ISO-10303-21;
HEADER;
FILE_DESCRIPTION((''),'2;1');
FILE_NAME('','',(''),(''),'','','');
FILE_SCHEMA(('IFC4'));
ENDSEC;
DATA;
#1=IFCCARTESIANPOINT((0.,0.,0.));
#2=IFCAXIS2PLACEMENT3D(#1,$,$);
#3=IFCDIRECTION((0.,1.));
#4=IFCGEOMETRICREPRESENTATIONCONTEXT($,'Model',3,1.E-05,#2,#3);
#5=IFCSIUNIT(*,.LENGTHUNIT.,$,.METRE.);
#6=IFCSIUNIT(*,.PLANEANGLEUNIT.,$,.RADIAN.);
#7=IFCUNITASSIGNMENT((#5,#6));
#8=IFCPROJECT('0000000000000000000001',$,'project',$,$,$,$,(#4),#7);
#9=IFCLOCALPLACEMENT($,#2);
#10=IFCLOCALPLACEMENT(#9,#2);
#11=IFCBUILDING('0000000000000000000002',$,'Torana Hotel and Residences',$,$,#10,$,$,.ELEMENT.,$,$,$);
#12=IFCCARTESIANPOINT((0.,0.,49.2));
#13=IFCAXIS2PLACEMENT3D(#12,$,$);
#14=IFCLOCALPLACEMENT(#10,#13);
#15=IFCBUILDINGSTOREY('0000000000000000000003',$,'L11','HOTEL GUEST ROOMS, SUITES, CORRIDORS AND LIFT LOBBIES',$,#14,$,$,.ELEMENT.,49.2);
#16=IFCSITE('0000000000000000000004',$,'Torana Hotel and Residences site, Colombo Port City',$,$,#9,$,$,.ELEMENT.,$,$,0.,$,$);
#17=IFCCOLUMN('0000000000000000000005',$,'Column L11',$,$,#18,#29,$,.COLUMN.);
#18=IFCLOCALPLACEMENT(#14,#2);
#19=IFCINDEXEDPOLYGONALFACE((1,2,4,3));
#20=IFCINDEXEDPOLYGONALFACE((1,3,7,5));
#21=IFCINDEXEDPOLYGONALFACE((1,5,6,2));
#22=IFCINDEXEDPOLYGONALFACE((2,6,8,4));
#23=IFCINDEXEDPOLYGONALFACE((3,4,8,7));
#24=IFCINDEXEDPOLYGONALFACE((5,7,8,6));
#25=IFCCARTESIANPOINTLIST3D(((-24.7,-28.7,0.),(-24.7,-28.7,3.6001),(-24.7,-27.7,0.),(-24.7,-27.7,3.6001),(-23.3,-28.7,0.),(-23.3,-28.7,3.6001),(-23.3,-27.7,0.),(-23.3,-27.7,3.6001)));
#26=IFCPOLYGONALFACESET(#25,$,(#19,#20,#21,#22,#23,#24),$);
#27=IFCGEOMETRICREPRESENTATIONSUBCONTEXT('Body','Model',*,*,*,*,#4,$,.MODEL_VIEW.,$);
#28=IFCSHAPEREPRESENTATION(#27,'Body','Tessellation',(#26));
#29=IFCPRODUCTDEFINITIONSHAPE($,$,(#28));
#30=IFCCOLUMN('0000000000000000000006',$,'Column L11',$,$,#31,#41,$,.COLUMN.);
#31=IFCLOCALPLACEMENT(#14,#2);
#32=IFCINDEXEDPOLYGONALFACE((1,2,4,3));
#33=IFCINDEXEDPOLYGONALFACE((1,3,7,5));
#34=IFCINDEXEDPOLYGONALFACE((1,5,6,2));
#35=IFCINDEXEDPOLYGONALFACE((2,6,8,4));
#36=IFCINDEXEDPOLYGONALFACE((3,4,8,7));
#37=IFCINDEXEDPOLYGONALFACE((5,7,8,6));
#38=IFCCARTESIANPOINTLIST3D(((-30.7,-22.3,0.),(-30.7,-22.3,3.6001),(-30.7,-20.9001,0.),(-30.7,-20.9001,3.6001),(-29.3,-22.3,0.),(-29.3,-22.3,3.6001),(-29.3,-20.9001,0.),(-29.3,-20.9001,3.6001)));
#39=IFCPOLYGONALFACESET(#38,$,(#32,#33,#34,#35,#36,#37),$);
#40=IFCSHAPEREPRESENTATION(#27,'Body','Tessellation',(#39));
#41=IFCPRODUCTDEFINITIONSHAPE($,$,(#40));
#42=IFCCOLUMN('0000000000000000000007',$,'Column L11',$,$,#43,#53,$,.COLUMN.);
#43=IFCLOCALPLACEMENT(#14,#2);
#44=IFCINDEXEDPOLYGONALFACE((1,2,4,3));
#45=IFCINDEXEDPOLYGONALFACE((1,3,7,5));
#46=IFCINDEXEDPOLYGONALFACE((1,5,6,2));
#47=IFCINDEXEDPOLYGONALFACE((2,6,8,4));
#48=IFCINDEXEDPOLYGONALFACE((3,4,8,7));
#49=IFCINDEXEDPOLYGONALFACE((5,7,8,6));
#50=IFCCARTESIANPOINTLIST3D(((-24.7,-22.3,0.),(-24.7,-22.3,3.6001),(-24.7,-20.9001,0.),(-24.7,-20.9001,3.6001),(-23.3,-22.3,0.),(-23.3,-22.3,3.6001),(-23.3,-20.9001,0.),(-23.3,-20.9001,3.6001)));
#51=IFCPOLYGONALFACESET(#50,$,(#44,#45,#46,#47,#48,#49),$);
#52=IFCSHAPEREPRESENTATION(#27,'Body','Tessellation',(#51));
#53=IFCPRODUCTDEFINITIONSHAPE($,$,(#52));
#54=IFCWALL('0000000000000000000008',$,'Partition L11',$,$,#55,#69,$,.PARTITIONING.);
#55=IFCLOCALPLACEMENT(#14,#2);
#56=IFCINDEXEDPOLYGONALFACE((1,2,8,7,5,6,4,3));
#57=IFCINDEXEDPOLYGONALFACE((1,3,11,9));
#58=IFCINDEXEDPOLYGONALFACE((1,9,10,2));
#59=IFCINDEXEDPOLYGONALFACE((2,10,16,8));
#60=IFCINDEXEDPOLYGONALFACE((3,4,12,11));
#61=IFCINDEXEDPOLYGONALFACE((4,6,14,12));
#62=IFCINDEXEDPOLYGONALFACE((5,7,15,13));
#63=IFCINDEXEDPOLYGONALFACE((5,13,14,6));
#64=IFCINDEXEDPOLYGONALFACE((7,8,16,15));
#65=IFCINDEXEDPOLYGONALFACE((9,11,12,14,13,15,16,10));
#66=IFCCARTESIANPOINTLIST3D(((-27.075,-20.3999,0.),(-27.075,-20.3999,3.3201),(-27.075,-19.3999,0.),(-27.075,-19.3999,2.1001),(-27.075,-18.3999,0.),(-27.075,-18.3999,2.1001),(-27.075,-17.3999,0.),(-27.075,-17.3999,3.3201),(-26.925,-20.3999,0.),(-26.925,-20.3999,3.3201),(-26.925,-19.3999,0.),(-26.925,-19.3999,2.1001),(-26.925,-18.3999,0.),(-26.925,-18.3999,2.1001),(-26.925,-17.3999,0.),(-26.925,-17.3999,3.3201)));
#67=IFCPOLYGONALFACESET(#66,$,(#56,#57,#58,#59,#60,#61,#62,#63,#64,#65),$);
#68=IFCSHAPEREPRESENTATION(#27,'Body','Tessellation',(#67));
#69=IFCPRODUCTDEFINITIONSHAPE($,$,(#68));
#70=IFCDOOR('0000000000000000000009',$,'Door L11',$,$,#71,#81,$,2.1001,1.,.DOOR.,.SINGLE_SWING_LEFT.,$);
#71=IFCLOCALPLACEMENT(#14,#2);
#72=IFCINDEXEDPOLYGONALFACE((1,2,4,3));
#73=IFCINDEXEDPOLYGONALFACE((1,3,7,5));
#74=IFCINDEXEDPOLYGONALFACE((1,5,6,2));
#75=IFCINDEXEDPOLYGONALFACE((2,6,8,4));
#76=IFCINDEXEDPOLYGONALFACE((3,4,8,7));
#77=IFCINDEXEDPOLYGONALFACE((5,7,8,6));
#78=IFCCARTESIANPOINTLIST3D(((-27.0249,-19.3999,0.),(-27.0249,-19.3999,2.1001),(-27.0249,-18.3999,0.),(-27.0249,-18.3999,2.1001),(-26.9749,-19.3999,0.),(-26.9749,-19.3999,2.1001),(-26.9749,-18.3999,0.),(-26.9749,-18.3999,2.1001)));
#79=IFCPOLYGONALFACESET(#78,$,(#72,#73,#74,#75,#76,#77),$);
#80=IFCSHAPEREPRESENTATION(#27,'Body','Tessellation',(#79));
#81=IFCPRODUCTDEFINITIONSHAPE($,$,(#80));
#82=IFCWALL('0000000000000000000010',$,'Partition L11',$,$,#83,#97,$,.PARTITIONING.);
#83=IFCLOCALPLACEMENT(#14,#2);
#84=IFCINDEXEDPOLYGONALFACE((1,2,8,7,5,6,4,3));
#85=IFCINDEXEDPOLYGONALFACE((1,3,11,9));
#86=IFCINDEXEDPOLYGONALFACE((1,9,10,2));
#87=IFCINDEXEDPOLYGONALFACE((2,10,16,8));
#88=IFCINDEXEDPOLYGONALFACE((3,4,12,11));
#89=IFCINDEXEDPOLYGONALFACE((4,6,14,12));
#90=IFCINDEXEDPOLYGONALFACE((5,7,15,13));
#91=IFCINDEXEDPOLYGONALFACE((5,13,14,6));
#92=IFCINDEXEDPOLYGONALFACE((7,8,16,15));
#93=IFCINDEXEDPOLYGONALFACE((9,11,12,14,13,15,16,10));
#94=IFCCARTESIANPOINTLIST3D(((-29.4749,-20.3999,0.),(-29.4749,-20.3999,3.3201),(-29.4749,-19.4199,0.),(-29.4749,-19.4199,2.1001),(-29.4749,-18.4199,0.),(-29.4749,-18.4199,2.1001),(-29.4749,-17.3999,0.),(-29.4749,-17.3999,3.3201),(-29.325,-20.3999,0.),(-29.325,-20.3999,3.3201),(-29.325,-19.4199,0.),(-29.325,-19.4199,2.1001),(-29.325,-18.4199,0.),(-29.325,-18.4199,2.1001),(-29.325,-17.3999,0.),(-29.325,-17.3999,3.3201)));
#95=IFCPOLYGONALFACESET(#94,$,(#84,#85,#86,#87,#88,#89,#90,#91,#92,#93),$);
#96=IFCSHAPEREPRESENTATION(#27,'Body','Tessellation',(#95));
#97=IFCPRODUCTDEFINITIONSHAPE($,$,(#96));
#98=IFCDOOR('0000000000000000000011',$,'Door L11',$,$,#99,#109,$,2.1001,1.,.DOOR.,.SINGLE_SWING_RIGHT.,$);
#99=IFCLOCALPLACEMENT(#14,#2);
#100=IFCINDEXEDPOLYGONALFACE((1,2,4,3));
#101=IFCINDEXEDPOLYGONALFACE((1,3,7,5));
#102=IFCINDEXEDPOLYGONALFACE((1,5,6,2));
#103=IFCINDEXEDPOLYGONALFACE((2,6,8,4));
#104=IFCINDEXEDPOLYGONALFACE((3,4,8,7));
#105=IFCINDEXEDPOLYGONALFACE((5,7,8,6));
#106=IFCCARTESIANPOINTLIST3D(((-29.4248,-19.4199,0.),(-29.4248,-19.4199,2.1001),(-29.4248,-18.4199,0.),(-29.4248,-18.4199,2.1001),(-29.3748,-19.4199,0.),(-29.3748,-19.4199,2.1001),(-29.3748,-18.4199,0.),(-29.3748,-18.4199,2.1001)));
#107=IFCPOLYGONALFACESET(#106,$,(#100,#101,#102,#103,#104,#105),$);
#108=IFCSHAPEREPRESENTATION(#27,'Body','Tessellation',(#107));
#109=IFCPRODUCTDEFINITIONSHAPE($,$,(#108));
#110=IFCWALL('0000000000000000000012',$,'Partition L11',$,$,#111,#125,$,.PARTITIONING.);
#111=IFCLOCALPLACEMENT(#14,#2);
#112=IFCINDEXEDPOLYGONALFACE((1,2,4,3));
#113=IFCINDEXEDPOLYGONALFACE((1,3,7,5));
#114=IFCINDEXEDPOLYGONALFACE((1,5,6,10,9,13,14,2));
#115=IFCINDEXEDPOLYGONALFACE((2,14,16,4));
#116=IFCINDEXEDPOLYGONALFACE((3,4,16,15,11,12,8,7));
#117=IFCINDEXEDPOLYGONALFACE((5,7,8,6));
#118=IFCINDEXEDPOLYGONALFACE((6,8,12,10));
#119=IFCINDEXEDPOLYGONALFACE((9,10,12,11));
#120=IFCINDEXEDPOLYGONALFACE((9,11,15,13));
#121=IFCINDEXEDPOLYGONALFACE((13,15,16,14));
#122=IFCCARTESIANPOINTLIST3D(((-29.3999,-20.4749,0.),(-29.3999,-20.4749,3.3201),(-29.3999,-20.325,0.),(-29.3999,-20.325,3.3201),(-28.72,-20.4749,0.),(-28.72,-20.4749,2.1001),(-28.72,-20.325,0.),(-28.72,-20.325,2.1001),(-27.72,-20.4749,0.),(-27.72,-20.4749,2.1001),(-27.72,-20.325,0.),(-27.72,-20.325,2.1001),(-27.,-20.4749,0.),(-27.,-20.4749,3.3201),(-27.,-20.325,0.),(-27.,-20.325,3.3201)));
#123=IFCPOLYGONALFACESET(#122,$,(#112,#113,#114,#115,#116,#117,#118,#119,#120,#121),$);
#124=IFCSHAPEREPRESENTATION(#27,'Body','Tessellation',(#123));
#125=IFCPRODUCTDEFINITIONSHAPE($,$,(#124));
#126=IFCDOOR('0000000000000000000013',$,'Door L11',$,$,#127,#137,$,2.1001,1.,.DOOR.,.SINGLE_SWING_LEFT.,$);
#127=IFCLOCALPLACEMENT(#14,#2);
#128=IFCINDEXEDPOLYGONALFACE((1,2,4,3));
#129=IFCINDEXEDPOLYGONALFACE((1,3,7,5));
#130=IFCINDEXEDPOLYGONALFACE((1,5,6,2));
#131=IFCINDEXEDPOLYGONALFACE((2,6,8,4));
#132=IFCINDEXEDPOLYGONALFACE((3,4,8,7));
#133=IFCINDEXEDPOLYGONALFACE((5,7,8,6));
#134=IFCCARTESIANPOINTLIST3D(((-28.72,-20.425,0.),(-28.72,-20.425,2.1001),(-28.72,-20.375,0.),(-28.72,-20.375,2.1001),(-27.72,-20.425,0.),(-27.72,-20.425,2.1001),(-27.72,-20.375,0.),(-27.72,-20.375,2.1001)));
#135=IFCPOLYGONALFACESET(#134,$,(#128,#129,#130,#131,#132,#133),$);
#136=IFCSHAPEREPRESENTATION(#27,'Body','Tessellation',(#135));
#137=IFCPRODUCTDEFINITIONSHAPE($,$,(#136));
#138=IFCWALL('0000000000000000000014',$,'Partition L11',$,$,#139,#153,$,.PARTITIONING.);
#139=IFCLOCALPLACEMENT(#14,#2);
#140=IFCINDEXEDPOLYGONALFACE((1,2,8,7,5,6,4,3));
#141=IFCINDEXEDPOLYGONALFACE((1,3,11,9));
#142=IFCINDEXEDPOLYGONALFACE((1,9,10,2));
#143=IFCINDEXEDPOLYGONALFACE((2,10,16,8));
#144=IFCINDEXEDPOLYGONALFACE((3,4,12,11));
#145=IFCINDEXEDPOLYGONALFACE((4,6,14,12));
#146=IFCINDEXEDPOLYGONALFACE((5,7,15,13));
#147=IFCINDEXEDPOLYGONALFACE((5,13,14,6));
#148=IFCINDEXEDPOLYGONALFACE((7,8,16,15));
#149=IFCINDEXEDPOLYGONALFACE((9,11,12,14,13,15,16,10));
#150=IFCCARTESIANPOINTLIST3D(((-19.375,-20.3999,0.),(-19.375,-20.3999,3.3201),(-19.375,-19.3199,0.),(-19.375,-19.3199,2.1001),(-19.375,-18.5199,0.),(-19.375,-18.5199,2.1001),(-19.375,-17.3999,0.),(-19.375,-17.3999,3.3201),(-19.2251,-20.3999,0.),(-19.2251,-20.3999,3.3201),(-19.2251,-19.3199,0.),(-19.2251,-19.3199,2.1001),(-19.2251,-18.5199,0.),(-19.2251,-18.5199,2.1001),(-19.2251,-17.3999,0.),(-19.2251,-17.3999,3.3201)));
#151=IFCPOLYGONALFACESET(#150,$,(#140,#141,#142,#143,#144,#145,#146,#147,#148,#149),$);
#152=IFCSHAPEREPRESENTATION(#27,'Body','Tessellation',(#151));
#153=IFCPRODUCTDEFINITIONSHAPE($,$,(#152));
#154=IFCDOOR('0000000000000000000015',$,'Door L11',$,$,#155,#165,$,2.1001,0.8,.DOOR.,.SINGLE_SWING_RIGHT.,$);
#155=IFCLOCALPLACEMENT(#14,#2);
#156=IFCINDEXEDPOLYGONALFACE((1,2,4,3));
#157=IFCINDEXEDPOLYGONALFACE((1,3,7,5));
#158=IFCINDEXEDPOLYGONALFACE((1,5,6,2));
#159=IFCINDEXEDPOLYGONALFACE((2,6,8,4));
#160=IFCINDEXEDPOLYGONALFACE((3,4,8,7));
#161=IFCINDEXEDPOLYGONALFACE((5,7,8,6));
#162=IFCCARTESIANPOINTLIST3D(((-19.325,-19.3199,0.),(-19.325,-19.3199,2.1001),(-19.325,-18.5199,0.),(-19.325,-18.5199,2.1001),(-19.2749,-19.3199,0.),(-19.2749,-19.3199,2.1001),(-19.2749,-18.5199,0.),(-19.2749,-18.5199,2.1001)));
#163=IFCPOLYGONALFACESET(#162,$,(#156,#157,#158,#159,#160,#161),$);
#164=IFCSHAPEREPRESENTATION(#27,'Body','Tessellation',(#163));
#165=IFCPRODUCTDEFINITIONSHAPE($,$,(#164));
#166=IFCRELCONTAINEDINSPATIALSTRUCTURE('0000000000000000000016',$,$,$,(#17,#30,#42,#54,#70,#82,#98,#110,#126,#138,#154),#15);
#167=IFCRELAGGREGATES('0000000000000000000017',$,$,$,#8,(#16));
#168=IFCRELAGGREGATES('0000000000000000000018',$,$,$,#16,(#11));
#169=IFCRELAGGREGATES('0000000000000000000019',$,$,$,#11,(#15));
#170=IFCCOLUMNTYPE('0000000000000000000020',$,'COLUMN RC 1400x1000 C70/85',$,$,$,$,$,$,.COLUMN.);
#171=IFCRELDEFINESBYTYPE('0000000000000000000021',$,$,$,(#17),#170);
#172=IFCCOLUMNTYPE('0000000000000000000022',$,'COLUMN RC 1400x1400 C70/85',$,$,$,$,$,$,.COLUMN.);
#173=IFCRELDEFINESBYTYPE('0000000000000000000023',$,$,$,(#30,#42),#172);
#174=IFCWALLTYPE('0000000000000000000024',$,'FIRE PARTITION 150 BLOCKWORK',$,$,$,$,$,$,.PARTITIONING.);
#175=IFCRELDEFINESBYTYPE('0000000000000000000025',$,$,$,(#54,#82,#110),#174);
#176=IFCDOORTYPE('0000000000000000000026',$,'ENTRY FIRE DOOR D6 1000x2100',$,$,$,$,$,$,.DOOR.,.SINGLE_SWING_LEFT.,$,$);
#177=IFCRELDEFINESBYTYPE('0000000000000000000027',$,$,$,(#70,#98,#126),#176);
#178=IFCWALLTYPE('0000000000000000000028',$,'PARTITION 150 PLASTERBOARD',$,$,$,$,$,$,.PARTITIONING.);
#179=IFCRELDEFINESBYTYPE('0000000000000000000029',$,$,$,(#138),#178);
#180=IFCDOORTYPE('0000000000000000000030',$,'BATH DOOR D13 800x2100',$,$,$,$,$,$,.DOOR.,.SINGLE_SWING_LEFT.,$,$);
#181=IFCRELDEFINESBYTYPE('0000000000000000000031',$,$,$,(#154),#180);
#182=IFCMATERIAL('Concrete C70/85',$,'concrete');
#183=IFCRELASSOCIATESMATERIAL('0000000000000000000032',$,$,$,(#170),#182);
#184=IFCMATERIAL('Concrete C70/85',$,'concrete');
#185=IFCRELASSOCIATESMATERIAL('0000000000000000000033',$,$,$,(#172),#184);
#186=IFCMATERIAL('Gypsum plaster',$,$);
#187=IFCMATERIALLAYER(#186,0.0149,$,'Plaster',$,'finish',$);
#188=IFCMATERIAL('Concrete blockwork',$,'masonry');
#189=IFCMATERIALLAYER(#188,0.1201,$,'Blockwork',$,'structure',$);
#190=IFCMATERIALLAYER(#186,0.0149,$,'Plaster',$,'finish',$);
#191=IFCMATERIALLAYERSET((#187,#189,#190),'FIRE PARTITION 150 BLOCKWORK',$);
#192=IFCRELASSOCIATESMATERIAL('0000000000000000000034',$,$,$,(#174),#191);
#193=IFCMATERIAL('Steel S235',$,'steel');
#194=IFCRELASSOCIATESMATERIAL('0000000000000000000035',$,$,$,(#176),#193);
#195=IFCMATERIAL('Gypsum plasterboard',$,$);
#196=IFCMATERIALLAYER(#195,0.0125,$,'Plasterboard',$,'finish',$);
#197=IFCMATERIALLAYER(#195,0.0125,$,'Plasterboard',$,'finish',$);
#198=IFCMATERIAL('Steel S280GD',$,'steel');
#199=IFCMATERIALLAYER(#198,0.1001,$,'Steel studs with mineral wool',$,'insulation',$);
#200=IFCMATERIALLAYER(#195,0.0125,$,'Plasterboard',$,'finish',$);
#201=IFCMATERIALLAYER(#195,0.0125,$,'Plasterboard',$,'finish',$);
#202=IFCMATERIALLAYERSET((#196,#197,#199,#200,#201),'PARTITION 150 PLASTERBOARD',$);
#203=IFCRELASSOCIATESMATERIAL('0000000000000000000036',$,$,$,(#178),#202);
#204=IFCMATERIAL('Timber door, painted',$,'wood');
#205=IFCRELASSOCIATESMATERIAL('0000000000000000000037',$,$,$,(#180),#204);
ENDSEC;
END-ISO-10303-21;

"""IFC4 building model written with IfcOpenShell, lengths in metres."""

from ifc_helpers import new_model, si_unit, direction, frame, frame_2d, origin, origin_2d, place, context, subcontext, project, spatial, rectangle, extrude, material, layer, layer_set, material_profile, profile_set, type_object, element, fill, save


model = new_model("IFC4")

# Units and contexts
model_context = context("Model", 3, precision=1e-05, world=origin(), true_north=direction((0.0, 1.0)))
body_context = subcontext(model_context, "Body", "Model", "MODEL_VIEW")
ifc_project = project(units=[si_unit("LENGTHUNIT", "METRE"), si_unit("PLANEANGLEUNIT", "RADIAN")], contexts=[model_context])

# Site, building, storey
site_placement = place(None, origin())
site = spatial("IfcSite", under=ifc_project, at=site_placement, Name="Torana Hotel and Residences site, Colombo Port City", CompositionType="ELEMENT", RefElevation=0.0)
building_placement = place(site_placement, origin())
building = spatial("IfcBuilding", under=site, at=building_placement, Name="Torana Hotel and Residences", CompositionType="ELEMENT")
storey_placement = place(building_placement, frame((0.0, 0.0, 49.2)))
storey = spatial("IfcBuildingStorey", under=building, at=storey_placement, Name="L11", Description="HOTEL GUEST ROOMS, SUITES, CORRIDORS AND LIFT LOBBIES", CompositionType="ELEMENT", Elevation=49.2)

# Columns
ifc_material_1 = material(Name="Concrete C70/85", Category="concrete")
ifc_material_profile_1 = material_profile(ifc_material_1, rectangle(XDim=1.3999, YDim=1.0, at=origin_2d()), Name="RC 1400x1000")
ifc_profile_set_1 = profile_set([ifc_material_profile_1], Name="Concrete C70/85")
column_type_1 = type_object("IfcColumnType", Name="COLUMN RC 1400x1000 C70/85", PredefinedType="COLUMN", material=ifc_profile_set_1)
column_placement = place(storey_placement, frame((-24.0, -28.2, 0.0), z_axis=(0.0, 0.0, 1.0), x_axis=(1.0, 0.0, 0.0)))
element("IfcColumn", 1, at=column_placement, inside=storey, type_object=column_type_1, Name="Column L11", PredefinedType="COLUMN", context=body_context, shape_type="SweptSolid", body=[
    extrude(rectangle(XDim=1.3999, YDim=1.0, at=origin_2d()), origin(), (0.0, 0.0, 1.0), 3.6001),
])
ifc_material_2 = material(Name="Concrete C70/85", Category="concrete")
ifc_material_profile_2 = material_profile(ifc_material_2, rectangle(XDim=1.3999, YDim=1.3999, at=origin_2d()), Name="RC 1400x1400")
ifc_profile_set_2 = profile_set([ifc_material_profile_2], Name="Concrete C70/85")
column_type_2 = type_object("IfcColumnType", Name="COLUMN RC 1400x1400 C70/85", PredefinedType="COLUMN", material=ifc_profile_set_2)
for number, where, z_axis, x_axis, name in (
    (2, (-30.0, -21.6001, 0.0), (0.0, 0.0, 1.0), (1.0, 0.0, 0.0), "Column L11"),
    (3, (-24.0, -21.6001, 0.0), (0.0, 0.0, 1.0), (1.0, 0.0, 0.0), "Column L11"),
):
    element("IfcColumn", number, at=place(storey_placement, frame(where, z_axis=z_axis, x_axis=x_axis)), inside=storey, type_object=column_type_2, Name=name, PredefinedType="COLUMN", context=body_context, shape_type="SweptSolid", body=[
        extrude(rectangle(XDim=1.3999, YDim=1.3999, at=origin_2d()), origin(), (0.0, 0.0, 1.0), 3.6001),
    ])

# Walls, openings, doors
ifc_material_3 = material(Name="Gypsum plaster")
ifc_layer_1 = layer(ifc_material_3, 0.0149, Name="Plaster", Category="finish")
ifc_material_4 = material(Name="Concrete blockwork", Category="masonry")
ifc_layer_2 = layer(ifc_material_4, 0.1201, Name="Blockwork", Category="structure")
ifc_layer_3 = layer(ifc_material_3, 0.0149, Name="Plaster", Category="finish")
ifc_layer_set_1 = layer_set([ifc_layer_1, ifc_layer_2, ifc_layer_3], Name="FIRE PARTITION 150 BLOCKWORK")
wall_type_1 = type_object("IfcWallType", Name="FIRE PARTITION 150 BLOCKWORK", PredefinedType="PARTITIONING", material=ifc_layer_set_1)
wall_1_placement = place(storey_placement, frame((-27.0, -20.3999, 0.0), z_axis=(0.0, 0.0, 1.0), x_axis=(0.0, 1.0, 0.0)))
wall_1 = element("IfcWall", 4, at=wall_1_placement, inside=storey, type_object=wall_type_1, Name="Partition L11", PredefinedType="PARTITIONING", context=body_context, shape_type="SweptSolid", body=[
    extrude(rectangle(XDim=3.0, YDim=0.1499, at=frame_2d((1.5, 0.0))), origin(), (0.0, 0.0, 1.0), 3.3201),
])
opening_1_placement = place(wall_1_placement, frame((1.0, 0.0, 0.0)))
opening_1 = element("IfcOpeningElement", 5, at=opening_1_placement, cuts=wall_1, PredefinedType="OPENING", context=body_context, shape_type="SweptSolid", body=[
    extrude(rectangle(XDim=1.0, YDim=2.1001, at=frame_2d((0.5, 1.05))), frame((0.0, 0.085, 0.0), z_axis=(0.0, -1.0, 0.0), x_axis=(1.0, 0.0, 0.0)), (0.0, 0.0, 1.0), 0.1699),
])
ifc_material_5 = material(Name="Steel S235", Category="steel")
door_type_1 = type_object("IfcDoorType", Name="ENTRY FIRE DOOR D6 1000x2100", OperationType="SINGLE_SWING_LEFT", PredefinedType="DOOR", material=ifc_material_5)
door_1_placement = place(opening_1_placement, frame((0.5, 0.0, 0.0), z_axis=(0.0, 0.0, 1.0), x_axis=(-1.0, 0.0, 0.0)))
door_1 = element("IfcDoor", 6, at=door_1_placement, inside=storey, type_object=door_type_1, Name="Door L11", OperationType="SINGLE_SWING_LEFT", OverallHeight=2.1001, OverallWidth=1.0, PredefinedType="DOOR", context=body_context, shape_type="SweptSolid", body=[
    extrude(rectangle(XDim=1.0, YDim=2.1001, at=frame_2d((0.0, 1.05))), frame((0.0, -0.0249, 0.0), z_axis=(0.0, 1.0, 0.0), x_axis=(-1.0, 0.0, 0.0)), (0.0, 0.0, 1.0), 0.05),
])
fill(opening_1, door_1)
wall_2_placement = place(storey_placement, frame((-29.3999, -20.3999, 0.0), z_axis=(0.0, 0.0, 1.0), x_axis=(0.0, 1.0, 0.0)))
wall_2 = element("IfcWall", 7, at=wall_2_placement, inside=storey, type_object=wall_type_1, Name="Partition L11", PredefinedType="PARTITIONING", context=body_context, shape_type="SweptSolid", body=[
    extrude(rectangle(XDim=3.0, YDim=0.1499, at=frame_2d((1.5, 0.0))), origin(), (0.0, 0.0, 1.0), 3.3201),
])
opening_2_placement = place(wall_2_placement, frame((0.98, 0.0, 0.0)))
opening_2 = element("IfcOpeningElement", 8, at=opening_2_placement, cuts=wall_2, PredefinedType="OPENING", context=body_context, shape_type="SweptSolid", body=[
    extrude(rectangle(XDim=1.0, YDim=2.1001, at=frame_2d((0.5, 1.05))), frame((0.0, 0.085, 0.0), z_axis=(0.0, -1.0, 0.0), x_axis=(1.0, 0.0, 0.0)), (0.0, 0.0, 1.0), 0.1699),
])
door_2_placement = place(opening_2_placement, origin())
door_2 = element("IfcDoor", 9, at=door_2_placement, inside=storey, type_object=door_type_1, Name="Door L11", OperationType="SINGLE_SWING_RIGHT", OverallHeight=2.1001, OverallWidth=1.0, PredefinedType="DOOR", context=body_context, shape_type="SweptSolid", body=[
    extrude(rectangle(XDim=1.0, YDim=2.1001, at=frame_2d((0.5, 1.05))), frame((0.0, 0.0249, 0.0), z_axis=(0.0, -1.0, 0.0), x_axis=(1.0, 0.0, 0.0)), (0.0, 0.0, 1.0), 0.05),
])
fill(opening_2, door_2)
wall_3_placement = place(storey_placement, frame((-29.3999, -20.3999, 0.0), z_axis=(0.0, 0.0, 1.0), x_axis=(1.0, 0.0, 0.0)))
wall_3 = element("IfcWall", 10, at=wall_3_placement, inside=storey, type_object=wall_type_1, Name="Partition L11", PredefinedType="PARTITIONING", context=body_context, shape_type="SweptSolid", body=[
    extrude(rectangle(XDim=2.3999, YDim=0.1499, at=frame_2d((1.2, 0.0))), origin(), (0.0, 0.0, 1.0), 3.3201),
])
opening_3_placement = place(wall_3_placement, frame((0.6799, 0.0, 0.0)))
opening_3 = element("IfcOpeningElement", 11, at=opening_3_placement, cuts=wall_3, PredefinedType="OPENING", context=body_context, shape_type="SweptSolid", body=[
    extrude(rectangle(XDim=1.0, YDim=2.1001, at=frame_2d((0.5, 1.05))), frame((0.0, 0.085, 0.0), z_axis=(0.0, -1.0, 0.0), x_axis=(1.0, 0.0, 0.0)), (0.0, 0.0, 1.0), 0.1699),
])
door_3_placement = place(opening_3_placement, frame((0.5, 0.0, 0.0), z_axis=(0.0, 0.0, 1.0), x_axis=(-1.0, 0.0, 0.0)))
door_3 = element("IfcDoor", 12, at=door_3_placement, inside=storey, type_object=door_type_1, Name="Door L11", OperationType="SINGLE_SWING_LEFT", OverallHeight=2.1001, OverallWidth=1.0, PredefinedType="DOOR", context=body_context, shape_type="SweptSolid", body=[
    extrude(rectangle(XDim=1.0, YDim=2.1001, at=frame_2d((0.0, 1.05))), frame((0.0, -0.0249, 0.0), z_axis=(0.0, 1.0, 0.0), x_axis=(-1.0, 0.0, 0.0)), (0.0, 0.0, 1.0), 0.05),
])
fill(opening_3, door_3)
ifc_material_6 = material(Name="Gypsum plasterboard")
ifc_layer_4 = layer(ifc_material_6, 0.0125, Name="Plasterboard", Category="finish")
ifc_layer_5 = layer(ifc_material_6, 0.0125, Name="Plasterboard", Category="finish")
ifc_material_7 = material(Name="Steel S280GD", Category="steel")
ifc_layer_6 = layer(ifc_material_7, 0.1001, Name="Steel studs with mineral wool", Category="insulation")
ifc_layer_7 = layer(ifc_material_6, 0.0125, Name="Plasterboard", Category="finish")
ifc_layer_8 = layer(ifc_material_6, 0.0125, Name="Plasterboard", Category="finish")
ifc_layer_set_2 = layer_set([ifc_layer_4, ifc_layer_5, ifc_layer_6, ifc_layer_7, ifc_layer_8], Name="PARTITION 150 PLASTERBOARD")
wall_type_2 = type_object("IfcWallType", Name="PARTITION 150 PLASTERBOARD", PredefinedType="PARTITIONING", material=ifc_layer_set_2)
wall_4_placement = place(storey_placement, frame((-19.3, -20.3999, 0.0), z_axis=(0.0, 0.0, 1.0), x_axis=(0.0, 1.0, 0.0)))
wall_4 = element("IfcWall", 13, at=wall_4_placement, inside=storey, type_object=wall_type_2, Name="Partition L11", PredefinedType="PARTITIONING", context=body_context, shape_type="SweptSolid", body=[
    extrude(rectangle(XDim=3.0, YDim=0.1499, at=frame_2d((1.5, 0.0))), origin(), (0.0, 0.0, 1.0), 3.3201),
])
opening_4_placement = place(wall_4_placement, frame((1.0801, 0.0, 0.0)))
opening_4 = element("IfcOpeningElement", 14, at=opening_4_placement, cuts=wall_4, PredefinedType="OPENING", context=body_context, shape_type="SweptSolid", body=[
    extrude(rectangle(XDim=0.8, YDim=2.1001, at=frame_2d((0.3999, 1.05))), frame((0.0, 0.085, 0.0), z_axis=(0.0, -1.0, 0.0), x_axis=(1.0, 0.0, 0.0)), (0.0, 0.0, 1.0), 0.1699),
])
ifc_material_8 = material(Name="Timber door, painted", Category="wood")
door_type_2 = type_object("IfcDoorType", Name="BATH DOOR D13 800x2100", OperationType="SINGLE_SWING_LEFT", PredefinedType="DOOR", material=ifc_material_8)
door_4_placement = place(opening_4_placement, origin())
door_4 = element("IfcDoor", 15, at=door_4_placement, inside=storey, type_object=door_type_2, Name="Door L11", OperationType="SINGLE_SWING_RIGHT", OverallHeight=2.1001, OverallWidth=0.8, PredefinedType="DOOR", context=body_context, shape_type="SweptSolid", body=[
    extrude(rectangle(XDim=0.8, YDim=2.1001, at=frame_2d((0.3999, 1.05))), frame((0.0, 0.0249, 0.0), z_axis=(0.0, -1.0, 0.0), x_axis=(1.0, 0.0, 0.0)), (0.0, 0.0, 1.0), 0.05),
])
fill(opening_4, door_4)

save(model, "model.ifc")
